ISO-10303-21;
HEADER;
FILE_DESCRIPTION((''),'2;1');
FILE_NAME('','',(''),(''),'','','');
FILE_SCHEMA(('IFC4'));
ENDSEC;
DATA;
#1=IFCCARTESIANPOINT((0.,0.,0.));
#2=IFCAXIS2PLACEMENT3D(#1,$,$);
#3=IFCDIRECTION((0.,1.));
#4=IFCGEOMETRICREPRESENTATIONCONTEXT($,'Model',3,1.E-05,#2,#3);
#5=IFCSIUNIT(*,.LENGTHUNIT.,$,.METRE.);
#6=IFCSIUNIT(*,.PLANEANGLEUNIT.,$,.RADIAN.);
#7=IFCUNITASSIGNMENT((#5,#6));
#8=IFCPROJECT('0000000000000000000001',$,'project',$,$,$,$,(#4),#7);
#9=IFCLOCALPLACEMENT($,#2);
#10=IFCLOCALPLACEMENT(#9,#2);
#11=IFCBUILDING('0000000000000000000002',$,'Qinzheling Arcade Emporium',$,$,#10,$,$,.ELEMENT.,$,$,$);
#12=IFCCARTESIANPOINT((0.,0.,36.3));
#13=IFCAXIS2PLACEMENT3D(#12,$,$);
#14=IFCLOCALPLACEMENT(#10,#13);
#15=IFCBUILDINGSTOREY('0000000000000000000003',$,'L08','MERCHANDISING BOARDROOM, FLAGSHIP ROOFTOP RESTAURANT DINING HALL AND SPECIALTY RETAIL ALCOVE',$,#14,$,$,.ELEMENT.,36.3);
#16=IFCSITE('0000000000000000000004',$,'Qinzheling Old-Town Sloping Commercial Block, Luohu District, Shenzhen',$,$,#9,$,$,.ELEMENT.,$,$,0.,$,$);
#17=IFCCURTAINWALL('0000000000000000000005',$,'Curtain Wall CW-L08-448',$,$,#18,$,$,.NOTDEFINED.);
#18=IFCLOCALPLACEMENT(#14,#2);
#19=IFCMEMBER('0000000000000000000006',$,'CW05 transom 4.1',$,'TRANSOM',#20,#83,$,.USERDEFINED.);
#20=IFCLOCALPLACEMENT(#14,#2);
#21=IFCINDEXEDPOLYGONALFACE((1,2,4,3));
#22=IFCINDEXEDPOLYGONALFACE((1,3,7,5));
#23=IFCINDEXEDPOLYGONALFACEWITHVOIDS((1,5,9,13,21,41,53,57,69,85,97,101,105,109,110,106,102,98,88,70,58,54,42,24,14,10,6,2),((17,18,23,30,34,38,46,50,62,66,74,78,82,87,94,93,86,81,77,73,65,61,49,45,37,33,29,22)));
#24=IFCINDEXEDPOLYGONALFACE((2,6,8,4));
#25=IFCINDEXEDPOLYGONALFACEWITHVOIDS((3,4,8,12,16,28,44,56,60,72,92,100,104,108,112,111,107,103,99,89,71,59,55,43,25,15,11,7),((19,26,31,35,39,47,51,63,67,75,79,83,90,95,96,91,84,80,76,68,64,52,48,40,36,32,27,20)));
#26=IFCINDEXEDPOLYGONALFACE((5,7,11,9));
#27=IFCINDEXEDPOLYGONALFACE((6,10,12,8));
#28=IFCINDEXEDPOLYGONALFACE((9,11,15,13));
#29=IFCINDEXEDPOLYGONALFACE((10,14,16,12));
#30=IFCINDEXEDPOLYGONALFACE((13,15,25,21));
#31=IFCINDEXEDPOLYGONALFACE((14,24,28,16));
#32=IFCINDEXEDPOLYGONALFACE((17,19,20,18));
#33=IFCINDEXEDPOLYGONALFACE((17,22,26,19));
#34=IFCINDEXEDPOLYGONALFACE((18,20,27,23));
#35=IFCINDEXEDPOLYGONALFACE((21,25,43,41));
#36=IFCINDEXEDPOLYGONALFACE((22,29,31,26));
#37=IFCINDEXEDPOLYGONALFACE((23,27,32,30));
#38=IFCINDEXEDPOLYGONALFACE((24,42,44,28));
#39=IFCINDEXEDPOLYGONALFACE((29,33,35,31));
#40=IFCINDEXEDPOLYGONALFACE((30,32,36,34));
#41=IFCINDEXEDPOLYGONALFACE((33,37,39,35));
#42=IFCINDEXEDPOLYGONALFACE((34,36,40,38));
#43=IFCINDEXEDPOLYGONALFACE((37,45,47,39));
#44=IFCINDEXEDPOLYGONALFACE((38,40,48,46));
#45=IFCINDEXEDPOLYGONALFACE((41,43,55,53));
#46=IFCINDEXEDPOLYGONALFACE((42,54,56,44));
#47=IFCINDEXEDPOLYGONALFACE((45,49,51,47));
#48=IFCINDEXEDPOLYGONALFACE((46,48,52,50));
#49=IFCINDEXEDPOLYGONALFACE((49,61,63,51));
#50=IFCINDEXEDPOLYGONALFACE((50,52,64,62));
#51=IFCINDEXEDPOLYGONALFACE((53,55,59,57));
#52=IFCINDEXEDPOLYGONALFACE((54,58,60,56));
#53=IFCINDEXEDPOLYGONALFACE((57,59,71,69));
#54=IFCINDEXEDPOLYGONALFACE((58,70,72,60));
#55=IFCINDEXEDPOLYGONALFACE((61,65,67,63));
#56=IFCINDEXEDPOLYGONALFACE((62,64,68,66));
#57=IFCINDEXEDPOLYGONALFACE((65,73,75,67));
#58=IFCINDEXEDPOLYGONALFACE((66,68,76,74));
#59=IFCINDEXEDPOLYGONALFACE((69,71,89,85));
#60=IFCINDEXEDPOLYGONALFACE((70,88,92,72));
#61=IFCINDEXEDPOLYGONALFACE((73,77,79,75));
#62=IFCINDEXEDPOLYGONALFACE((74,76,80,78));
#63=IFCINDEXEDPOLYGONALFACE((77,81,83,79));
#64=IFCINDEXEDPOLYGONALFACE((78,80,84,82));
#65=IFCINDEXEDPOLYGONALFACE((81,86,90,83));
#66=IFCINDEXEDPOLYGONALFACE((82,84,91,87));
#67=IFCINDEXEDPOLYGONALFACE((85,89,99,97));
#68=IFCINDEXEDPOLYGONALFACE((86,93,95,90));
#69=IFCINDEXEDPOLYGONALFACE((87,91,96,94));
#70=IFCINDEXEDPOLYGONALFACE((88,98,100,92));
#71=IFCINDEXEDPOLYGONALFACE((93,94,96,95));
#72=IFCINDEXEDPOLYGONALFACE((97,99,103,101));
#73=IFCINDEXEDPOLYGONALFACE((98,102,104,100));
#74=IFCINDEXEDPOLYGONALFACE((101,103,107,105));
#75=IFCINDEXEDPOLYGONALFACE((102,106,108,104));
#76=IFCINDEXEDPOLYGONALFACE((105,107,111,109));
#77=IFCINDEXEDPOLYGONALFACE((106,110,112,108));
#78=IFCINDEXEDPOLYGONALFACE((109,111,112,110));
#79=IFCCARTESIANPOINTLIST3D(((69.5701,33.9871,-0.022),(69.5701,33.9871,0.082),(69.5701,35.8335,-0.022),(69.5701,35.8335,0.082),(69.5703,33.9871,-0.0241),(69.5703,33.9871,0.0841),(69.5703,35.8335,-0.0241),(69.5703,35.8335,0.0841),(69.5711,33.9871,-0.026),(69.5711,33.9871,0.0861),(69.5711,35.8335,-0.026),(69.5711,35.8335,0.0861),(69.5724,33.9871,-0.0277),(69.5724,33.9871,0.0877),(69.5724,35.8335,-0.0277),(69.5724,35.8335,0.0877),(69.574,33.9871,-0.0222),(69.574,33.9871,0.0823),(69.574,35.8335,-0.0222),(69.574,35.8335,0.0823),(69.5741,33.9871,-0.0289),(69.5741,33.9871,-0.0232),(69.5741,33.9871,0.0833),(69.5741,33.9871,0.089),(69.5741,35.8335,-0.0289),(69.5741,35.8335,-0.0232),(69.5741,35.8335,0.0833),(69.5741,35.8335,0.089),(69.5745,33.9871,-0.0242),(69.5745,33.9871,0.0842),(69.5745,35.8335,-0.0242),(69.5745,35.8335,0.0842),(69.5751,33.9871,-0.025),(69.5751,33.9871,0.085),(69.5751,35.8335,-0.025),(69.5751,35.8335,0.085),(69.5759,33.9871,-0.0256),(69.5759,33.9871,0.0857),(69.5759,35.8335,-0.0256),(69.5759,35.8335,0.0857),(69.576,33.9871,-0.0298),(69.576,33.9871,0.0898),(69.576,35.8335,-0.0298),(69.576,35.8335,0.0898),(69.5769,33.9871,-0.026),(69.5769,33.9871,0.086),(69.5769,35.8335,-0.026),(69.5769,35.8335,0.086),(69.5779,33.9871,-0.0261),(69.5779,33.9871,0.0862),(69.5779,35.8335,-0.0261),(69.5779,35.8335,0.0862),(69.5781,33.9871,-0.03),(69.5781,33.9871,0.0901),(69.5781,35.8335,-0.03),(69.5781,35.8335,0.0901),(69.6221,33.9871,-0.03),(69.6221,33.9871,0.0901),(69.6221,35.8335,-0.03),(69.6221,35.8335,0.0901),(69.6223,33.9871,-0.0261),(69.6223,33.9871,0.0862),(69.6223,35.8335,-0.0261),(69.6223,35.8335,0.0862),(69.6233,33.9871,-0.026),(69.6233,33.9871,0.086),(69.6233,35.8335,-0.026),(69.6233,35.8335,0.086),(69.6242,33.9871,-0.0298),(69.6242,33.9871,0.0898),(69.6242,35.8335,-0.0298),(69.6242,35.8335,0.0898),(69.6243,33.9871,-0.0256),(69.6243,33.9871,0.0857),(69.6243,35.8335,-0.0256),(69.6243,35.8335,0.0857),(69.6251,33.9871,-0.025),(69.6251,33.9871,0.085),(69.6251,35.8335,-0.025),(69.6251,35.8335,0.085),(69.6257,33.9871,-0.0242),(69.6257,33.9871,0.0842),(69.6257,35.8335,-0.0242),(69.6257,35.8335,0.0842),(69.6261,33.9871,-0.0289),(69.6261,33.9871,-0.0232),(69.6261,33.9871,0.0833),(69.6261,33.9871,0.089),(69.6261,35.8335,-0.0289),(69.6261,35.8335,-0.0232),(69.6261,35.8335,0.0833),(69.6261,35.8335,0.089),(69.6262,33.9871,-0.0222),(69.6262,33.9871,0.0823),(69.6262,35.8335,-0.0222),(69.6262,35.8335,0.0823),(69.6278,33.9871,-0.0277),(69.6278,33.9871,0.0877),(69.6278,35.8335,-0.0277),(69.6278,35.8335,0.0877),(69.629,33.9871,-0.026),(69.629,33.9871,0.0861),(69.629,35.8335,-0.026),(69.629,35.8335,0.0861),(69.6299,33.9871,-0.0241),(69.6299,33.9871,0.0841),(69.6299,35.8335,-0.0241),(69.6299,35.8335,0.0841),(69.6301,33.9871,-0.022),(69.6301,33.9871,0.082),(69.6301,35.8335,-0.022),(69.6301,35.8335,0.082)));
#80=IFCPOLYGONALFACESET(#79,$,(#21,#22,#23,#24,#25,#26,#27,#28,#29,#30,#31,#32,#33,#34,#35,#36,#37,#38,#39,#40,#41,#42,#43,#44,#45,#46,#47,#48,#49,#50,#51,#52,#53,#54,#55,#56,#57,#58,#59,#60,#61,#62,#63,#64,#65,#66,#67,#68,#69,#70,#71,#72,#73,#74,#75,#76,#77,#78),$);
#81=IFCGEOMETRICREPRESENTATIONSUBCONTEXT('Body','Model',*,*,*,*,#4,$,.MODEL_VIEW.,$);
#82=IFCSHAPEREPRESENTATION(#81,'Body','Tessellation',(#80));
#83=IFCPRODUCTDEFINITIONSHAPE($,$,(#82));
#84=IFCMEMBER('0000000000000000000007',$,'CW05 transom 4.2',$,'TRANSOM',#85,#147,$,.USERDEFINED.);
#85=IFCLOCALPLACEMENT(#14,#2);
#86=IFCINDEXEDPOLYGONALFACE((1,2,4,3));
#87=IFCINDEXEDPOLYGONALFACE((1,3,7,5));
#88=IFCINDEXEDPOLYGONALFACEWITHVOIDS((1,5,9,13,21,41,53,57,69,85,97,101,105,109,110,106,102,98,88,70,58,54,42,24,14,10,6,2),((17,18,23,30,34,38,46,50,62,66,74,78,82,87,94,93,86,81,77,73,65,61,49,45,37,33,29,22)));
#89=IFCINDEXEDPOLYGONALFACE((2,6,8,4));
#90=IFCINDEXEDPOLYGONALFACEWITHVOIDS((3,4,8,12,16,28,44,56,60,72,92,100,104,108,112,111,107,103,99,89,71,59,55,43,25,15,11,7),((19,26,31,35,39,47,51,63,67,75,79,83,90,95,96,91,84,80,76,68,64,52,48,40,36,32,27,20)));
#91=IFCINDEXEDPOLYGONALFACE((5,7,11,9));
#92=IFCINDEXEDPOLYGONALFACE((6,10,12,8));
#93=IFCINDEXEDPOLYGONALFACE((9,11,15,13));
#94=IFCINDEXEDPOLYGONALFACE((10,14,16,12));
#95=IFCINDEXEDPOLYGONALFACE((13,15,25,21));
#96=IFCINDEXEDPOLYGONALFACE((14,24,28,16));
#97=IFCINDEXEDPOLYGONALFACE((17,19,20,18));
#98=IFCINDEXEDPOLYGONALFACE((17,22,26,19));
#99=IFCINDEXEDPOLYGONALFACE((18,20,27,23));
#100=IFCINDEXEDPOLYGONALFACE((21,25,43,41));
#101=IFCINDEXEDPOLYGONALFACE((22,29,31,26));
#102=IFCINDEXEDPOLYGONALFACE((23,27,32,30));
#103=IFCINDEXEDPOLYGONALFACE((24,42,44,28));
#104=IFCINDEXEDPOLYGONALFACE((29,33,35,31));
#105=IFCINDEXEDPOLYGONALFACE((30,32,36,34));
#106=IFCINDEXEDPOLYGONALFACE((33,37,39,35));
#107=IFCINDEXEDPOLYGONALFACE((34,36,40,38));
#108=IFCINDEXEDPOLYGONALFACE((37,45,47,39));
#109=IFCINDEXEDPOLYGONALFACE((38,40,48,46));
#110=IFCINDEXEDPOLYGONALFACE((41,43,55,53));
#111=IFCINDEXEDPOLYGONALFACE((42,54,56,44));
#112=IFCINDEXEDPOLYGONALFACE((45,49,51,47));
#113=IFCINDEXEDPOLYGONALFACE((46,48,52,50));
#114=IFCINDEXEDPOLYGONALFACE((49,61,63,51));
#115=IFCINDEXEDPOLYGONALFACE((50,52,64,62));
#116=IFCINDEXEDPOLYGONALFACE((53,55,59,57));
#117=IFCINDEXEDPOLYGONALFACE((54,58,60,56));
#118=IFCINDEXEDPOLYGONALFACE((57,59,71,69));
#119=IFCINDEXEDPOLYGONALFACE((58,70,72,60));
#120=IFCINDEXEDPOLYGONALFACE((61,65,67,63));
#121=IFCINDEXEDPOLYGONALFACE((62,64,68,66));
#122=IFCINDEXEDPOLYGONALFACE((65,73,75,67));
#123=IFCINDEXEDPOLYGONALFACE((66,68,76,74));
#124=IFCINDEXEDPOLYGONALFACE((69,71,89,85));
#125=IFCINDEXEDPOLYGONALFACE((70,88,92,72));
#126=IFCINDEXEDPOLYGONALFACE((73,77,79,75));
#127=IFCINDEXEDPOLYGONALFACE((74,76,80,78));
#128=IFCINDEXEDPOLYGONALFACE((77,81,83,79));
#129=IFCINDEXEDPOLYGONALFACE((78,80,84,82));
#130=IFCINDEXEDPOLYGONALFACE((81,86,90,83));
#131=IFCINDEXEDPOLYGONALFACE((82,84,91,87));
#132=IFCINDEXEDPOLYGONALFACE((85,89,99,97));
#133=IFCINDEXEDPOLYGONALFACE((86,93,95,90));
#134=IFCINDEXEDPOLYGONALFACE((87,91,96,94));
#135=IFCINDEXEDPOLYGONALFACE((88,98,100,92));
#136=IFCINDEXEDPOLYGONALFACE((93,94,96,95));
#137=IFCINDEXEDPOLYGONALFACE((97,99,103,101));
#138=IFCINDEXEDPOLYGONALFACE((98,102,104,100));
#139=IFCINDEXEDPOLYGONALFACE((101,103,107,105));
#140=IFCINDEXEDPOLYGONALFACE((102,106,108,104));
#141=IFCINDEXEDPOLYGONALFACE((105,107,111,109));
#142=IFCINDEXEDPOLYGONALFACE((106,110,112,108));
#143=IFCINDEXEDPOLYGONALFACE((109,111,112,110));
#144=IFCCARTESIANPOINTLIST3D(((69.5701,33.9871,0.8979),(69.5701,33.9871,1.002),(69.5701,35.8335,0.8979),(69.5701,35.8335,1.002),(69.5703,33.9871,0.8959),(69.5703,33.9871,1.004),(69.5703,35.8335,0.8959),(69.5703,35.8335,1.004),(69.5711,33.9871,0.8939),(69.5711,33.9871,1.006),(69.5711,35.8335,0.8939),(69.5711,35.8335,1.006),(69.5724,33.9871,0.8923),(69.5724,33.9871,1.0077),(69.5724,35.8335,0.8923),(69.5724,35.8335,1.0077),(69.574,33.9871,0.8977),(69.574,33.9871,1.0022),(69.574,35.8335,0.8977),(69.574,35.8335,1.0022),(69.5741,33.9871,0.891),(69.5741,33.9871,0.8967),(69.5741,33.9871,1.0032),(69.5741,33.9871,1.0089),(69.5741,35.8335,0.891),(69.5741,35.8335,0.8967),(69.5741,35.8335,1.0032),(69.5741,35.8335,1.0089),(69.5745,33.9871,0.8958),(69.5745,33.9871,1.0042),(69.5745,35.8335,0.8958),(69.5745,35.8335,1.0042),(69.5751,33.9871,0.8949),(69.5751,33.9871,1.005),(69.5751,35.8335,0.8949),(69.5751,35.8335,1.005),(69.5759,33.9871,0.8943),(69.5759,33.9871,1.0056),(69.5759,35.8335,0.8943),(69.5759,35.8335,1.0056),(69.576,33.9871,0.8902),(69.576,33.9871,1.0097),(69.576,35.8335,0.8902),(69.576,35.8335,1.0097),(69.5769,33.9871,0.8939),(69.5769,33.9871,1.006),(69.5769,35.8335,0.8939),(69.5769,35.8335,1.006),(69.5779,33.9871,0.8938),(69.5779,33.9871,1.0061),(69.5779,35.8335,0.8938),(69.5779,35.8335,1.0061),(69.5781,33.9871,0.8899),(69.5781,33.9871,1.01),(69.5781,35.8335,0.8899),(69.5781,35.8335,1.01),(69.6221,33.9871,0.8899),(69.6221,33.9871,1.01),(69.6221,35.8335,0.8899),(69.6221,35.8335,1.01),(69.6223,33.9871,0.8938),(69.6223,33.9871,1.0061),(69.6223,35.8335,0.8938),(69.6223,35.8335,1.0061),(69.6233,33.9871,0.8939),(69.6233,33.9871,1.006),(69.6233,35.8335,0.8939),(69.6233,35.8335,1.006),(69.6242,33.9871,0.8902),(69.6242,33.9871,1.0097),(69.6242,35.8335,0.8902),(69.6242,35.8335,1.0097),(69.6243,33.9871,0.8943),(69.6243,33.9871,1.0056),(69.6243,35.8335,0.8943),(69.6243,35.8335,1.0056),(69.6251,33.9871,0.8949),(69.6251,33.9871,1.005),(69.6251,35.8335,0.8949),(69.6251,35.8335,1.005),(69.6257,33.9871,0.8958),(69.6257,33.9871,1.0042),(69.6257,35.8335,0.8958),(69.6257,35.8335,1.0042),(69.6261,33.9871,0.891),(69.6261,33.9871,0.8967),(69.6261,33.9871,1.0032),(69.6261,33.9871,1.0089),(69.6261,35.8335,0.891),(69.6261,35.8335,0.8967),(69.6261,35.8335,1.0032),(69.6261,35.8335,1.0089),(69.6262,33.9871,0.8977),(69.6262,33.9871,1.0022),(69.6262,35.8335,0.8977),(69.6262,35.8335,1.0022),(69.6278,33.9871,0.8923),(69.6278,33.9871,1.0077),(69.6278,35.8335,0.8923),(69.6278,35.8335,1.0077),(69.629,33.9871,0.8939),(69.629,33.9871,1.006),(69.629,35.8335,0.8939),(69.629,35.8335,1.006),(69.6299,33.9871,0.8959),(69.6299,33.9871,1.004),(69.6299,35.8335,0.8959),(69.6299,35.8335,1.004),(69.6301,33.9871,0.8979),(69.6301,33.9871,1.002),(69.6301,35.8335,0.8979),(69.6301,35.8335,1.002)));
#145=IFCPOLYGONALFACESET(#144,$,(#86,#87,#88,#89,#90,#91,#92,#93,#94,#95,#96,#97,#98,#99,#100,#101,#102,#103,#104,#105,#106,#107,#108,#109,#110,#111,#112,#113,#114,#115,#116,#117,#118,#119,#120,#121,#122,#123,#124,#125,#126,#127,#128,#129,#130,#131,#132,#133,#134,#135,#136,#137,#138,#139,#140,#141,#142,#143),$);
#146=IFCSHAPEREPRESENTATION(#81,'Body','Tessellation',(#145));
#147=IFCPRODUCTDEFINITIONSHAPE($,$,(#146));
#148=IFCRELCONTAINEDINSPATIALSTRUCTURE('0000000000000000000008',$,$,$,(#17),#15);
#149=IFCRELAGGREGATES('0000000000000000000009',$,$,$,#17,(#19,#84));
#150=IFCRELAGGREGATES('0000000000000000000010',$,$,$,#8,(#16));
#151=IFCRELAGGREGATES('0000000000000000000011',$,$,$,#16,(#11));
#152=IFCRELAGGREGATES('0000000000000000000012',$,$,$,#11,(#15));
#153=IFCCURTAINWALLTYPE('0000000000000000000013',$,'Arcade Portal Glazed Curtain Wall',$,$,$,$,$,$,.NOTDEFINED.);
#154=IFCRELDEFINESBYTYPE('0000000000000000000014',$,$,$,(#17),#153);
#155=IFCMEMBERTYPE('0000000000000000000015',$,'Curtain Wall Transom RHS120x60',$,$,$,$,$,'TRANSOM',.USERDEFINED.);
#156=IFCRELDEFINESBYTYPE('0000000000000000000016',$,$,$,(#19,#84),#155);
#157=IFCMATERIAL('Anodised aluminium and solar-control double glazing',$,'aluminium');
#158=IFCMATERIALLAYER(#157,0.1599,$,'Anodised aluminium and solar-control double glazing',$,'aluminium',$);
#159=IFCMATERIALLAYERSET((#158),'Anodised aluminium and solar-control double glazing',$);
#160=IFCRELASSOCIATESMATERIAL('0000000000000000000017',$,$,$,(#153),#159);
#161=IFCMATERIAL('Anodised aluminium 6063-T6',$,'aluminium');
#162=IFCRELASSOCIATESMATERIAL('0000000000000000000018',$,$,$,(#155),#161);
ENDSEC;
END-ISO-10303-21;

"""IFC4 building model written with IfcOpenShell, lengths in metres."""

from ifc_helpers import new_model, si_unit, direction, frame, origin, origin_2d, place, context, subcontext, project, spatial, hollow_rectangle, extrude, material, layer, layer_set, material_profile, profile_set, type_object, element, aggregate, save


model = new_model("IFC4")

# Units and contexts
model_context = context("Model", 3, precision=1e-05, world=origin(), true_north=direction((0.0, 1.0)))
body_context = subcontext(model_context, "Body", "Model", "MODEL_VIEW")
ifc_project = project(units=[si_unit("LENGTHUNIT", "METRE"), si_unit("PLANEANGLEUNIT", "RADIAN")], contexts=[model_context])

# Site, building, storey
site_placement = place(None, origin())
site = spatial("IfcSite", under=ifc_project, at=site_placement, Name="Qinzheling Old-Town Sloping Commercial Block, Luohu District, Shenzhen", CompositionType="ELEMENT", RefElevation=0.0)
building_placement = place(site_placement, origin())
building = spatial("IfcBuilding", under=site, at=building_placement, Name="Qinzheling Arcade Emporium", CompositionType="ELEMENT")
storey_placement = place(building_placement, frame((0.0, 0.0, 36.3)))
storey = spatial("IfcBuildingStorey", under=building, at=storey_placement, Name="L08", Description="MERCHANDISING BOARDROOM, FLAGSHIP ROOFTOP RESTAURANT DINING HALL AND SPECIALTY RETAIL ALCOVE", CompositionType="ELEMENT", Elevation=36.3)

# Curtain wall
ifc_material_1 = material(Name="Anodised aluminium and solar-control double glazing", Category="aluminium")
ifc_layer_1 = layer(ifc_material_1, 0.1599, Name="Anodised aluminium and solar-control double glazing", Category="aluminium")
ifc_layer_set_1 = layer_set([ifc_layer_1], Name="Anodised aluminium and solar-control double glazing")
curtain_wall_type = type_object("IfcCurtainWallType", Name="Arcade Portal Glazed Curtain Wall", PredefinedType="NOTDEFINED", material=ifc_layer_set_1)
curtain_wall_1_placement = place(storey_placement, origin())
curtain_wall_1 = element("IfcCurtainWall", 1, at=curtain_wall_1_placement, inside=storey, type_object=curtain_wall_type, Name="Curtain Wall CW-L08-448", PredefinedType="NOTDEFINED")
ifc_material_2 = material(Name="Anodised aluminium 6063-T6", Category="aluminium")

# Members
ifc_material_profile_1 = material_profile(ifc_material_2, hollow_rectangle(XDim=0.0601, YDim=0.1201, WallThickness=0.0039, InnerFilletRadius=0.0039, OuterFilletRadius=0.0081, at=origin_2d()), Name="RHS 120x60x4", Category="aluminium")
ifc_profile_set_1 = profile_set([ifc_material_profile_1], Name="Anodised aluminium 6063-T6")
member_type_1 = type_object("IfcMemberType", Name="Curtain Wall Transom RHS120x60", ElementType="TRANSOM", PredefinedType="USERDEFINED", material=ifc_profile_set_1)
member_1_placement = place(storey_placement, frame((69.6001, 35.8335, 0.03), z_axis=(0.0, -1.0, 0.0), x_axis=(1.0, 0.0, 0.0)))
member_1 = element("IfcMember", 2, at=member_1_placement, type_object=member_type_1, Name="CW05 transom 4.1", ObjectType="TRANSOM", PredefinedType="USERDEFINED", context=body_context, shape_type="SweptSolid", body=[
    extrude(hollow_rectangle(XDim=0.0601, YDim=0.1201, WallThickness=0.0039, InnerFilletRadius=0.0039, OuterFilletRadius=0.0081, at=origin_2d()), origin(), (0.0, 0.0, 1.0), 1.8464),
])
member_2_placement = place(storey_placement, frame((69.6001, 35.8335, 0.95), z_axis=(0.0, -1.0, 0.0), x_axis=(1.0, 0.0, 0.0)))
member_2 = element("IfcMember", 3, at=member_2_placement, type_object=member_type_1, Name="CW05 transom 4.2", ObjectType="TRANSOM", PredefinedType="USERDEFINED", context=body_context, shape_type="SweptSolid", body=[
    extrude(hollow_rectangle(XDim=0.0601, YDim=0.1201, WallThickness=0.0039, InnerFilletRadius=0.0039, OuterFilletRadius=0.0081, at=origin_2d()), origin(), (0.0, 0.0, 1.0), 1.8464),
])

aggregate(curtain_wall_1, [member_1, member_2])

save(model, "model.ifc")
